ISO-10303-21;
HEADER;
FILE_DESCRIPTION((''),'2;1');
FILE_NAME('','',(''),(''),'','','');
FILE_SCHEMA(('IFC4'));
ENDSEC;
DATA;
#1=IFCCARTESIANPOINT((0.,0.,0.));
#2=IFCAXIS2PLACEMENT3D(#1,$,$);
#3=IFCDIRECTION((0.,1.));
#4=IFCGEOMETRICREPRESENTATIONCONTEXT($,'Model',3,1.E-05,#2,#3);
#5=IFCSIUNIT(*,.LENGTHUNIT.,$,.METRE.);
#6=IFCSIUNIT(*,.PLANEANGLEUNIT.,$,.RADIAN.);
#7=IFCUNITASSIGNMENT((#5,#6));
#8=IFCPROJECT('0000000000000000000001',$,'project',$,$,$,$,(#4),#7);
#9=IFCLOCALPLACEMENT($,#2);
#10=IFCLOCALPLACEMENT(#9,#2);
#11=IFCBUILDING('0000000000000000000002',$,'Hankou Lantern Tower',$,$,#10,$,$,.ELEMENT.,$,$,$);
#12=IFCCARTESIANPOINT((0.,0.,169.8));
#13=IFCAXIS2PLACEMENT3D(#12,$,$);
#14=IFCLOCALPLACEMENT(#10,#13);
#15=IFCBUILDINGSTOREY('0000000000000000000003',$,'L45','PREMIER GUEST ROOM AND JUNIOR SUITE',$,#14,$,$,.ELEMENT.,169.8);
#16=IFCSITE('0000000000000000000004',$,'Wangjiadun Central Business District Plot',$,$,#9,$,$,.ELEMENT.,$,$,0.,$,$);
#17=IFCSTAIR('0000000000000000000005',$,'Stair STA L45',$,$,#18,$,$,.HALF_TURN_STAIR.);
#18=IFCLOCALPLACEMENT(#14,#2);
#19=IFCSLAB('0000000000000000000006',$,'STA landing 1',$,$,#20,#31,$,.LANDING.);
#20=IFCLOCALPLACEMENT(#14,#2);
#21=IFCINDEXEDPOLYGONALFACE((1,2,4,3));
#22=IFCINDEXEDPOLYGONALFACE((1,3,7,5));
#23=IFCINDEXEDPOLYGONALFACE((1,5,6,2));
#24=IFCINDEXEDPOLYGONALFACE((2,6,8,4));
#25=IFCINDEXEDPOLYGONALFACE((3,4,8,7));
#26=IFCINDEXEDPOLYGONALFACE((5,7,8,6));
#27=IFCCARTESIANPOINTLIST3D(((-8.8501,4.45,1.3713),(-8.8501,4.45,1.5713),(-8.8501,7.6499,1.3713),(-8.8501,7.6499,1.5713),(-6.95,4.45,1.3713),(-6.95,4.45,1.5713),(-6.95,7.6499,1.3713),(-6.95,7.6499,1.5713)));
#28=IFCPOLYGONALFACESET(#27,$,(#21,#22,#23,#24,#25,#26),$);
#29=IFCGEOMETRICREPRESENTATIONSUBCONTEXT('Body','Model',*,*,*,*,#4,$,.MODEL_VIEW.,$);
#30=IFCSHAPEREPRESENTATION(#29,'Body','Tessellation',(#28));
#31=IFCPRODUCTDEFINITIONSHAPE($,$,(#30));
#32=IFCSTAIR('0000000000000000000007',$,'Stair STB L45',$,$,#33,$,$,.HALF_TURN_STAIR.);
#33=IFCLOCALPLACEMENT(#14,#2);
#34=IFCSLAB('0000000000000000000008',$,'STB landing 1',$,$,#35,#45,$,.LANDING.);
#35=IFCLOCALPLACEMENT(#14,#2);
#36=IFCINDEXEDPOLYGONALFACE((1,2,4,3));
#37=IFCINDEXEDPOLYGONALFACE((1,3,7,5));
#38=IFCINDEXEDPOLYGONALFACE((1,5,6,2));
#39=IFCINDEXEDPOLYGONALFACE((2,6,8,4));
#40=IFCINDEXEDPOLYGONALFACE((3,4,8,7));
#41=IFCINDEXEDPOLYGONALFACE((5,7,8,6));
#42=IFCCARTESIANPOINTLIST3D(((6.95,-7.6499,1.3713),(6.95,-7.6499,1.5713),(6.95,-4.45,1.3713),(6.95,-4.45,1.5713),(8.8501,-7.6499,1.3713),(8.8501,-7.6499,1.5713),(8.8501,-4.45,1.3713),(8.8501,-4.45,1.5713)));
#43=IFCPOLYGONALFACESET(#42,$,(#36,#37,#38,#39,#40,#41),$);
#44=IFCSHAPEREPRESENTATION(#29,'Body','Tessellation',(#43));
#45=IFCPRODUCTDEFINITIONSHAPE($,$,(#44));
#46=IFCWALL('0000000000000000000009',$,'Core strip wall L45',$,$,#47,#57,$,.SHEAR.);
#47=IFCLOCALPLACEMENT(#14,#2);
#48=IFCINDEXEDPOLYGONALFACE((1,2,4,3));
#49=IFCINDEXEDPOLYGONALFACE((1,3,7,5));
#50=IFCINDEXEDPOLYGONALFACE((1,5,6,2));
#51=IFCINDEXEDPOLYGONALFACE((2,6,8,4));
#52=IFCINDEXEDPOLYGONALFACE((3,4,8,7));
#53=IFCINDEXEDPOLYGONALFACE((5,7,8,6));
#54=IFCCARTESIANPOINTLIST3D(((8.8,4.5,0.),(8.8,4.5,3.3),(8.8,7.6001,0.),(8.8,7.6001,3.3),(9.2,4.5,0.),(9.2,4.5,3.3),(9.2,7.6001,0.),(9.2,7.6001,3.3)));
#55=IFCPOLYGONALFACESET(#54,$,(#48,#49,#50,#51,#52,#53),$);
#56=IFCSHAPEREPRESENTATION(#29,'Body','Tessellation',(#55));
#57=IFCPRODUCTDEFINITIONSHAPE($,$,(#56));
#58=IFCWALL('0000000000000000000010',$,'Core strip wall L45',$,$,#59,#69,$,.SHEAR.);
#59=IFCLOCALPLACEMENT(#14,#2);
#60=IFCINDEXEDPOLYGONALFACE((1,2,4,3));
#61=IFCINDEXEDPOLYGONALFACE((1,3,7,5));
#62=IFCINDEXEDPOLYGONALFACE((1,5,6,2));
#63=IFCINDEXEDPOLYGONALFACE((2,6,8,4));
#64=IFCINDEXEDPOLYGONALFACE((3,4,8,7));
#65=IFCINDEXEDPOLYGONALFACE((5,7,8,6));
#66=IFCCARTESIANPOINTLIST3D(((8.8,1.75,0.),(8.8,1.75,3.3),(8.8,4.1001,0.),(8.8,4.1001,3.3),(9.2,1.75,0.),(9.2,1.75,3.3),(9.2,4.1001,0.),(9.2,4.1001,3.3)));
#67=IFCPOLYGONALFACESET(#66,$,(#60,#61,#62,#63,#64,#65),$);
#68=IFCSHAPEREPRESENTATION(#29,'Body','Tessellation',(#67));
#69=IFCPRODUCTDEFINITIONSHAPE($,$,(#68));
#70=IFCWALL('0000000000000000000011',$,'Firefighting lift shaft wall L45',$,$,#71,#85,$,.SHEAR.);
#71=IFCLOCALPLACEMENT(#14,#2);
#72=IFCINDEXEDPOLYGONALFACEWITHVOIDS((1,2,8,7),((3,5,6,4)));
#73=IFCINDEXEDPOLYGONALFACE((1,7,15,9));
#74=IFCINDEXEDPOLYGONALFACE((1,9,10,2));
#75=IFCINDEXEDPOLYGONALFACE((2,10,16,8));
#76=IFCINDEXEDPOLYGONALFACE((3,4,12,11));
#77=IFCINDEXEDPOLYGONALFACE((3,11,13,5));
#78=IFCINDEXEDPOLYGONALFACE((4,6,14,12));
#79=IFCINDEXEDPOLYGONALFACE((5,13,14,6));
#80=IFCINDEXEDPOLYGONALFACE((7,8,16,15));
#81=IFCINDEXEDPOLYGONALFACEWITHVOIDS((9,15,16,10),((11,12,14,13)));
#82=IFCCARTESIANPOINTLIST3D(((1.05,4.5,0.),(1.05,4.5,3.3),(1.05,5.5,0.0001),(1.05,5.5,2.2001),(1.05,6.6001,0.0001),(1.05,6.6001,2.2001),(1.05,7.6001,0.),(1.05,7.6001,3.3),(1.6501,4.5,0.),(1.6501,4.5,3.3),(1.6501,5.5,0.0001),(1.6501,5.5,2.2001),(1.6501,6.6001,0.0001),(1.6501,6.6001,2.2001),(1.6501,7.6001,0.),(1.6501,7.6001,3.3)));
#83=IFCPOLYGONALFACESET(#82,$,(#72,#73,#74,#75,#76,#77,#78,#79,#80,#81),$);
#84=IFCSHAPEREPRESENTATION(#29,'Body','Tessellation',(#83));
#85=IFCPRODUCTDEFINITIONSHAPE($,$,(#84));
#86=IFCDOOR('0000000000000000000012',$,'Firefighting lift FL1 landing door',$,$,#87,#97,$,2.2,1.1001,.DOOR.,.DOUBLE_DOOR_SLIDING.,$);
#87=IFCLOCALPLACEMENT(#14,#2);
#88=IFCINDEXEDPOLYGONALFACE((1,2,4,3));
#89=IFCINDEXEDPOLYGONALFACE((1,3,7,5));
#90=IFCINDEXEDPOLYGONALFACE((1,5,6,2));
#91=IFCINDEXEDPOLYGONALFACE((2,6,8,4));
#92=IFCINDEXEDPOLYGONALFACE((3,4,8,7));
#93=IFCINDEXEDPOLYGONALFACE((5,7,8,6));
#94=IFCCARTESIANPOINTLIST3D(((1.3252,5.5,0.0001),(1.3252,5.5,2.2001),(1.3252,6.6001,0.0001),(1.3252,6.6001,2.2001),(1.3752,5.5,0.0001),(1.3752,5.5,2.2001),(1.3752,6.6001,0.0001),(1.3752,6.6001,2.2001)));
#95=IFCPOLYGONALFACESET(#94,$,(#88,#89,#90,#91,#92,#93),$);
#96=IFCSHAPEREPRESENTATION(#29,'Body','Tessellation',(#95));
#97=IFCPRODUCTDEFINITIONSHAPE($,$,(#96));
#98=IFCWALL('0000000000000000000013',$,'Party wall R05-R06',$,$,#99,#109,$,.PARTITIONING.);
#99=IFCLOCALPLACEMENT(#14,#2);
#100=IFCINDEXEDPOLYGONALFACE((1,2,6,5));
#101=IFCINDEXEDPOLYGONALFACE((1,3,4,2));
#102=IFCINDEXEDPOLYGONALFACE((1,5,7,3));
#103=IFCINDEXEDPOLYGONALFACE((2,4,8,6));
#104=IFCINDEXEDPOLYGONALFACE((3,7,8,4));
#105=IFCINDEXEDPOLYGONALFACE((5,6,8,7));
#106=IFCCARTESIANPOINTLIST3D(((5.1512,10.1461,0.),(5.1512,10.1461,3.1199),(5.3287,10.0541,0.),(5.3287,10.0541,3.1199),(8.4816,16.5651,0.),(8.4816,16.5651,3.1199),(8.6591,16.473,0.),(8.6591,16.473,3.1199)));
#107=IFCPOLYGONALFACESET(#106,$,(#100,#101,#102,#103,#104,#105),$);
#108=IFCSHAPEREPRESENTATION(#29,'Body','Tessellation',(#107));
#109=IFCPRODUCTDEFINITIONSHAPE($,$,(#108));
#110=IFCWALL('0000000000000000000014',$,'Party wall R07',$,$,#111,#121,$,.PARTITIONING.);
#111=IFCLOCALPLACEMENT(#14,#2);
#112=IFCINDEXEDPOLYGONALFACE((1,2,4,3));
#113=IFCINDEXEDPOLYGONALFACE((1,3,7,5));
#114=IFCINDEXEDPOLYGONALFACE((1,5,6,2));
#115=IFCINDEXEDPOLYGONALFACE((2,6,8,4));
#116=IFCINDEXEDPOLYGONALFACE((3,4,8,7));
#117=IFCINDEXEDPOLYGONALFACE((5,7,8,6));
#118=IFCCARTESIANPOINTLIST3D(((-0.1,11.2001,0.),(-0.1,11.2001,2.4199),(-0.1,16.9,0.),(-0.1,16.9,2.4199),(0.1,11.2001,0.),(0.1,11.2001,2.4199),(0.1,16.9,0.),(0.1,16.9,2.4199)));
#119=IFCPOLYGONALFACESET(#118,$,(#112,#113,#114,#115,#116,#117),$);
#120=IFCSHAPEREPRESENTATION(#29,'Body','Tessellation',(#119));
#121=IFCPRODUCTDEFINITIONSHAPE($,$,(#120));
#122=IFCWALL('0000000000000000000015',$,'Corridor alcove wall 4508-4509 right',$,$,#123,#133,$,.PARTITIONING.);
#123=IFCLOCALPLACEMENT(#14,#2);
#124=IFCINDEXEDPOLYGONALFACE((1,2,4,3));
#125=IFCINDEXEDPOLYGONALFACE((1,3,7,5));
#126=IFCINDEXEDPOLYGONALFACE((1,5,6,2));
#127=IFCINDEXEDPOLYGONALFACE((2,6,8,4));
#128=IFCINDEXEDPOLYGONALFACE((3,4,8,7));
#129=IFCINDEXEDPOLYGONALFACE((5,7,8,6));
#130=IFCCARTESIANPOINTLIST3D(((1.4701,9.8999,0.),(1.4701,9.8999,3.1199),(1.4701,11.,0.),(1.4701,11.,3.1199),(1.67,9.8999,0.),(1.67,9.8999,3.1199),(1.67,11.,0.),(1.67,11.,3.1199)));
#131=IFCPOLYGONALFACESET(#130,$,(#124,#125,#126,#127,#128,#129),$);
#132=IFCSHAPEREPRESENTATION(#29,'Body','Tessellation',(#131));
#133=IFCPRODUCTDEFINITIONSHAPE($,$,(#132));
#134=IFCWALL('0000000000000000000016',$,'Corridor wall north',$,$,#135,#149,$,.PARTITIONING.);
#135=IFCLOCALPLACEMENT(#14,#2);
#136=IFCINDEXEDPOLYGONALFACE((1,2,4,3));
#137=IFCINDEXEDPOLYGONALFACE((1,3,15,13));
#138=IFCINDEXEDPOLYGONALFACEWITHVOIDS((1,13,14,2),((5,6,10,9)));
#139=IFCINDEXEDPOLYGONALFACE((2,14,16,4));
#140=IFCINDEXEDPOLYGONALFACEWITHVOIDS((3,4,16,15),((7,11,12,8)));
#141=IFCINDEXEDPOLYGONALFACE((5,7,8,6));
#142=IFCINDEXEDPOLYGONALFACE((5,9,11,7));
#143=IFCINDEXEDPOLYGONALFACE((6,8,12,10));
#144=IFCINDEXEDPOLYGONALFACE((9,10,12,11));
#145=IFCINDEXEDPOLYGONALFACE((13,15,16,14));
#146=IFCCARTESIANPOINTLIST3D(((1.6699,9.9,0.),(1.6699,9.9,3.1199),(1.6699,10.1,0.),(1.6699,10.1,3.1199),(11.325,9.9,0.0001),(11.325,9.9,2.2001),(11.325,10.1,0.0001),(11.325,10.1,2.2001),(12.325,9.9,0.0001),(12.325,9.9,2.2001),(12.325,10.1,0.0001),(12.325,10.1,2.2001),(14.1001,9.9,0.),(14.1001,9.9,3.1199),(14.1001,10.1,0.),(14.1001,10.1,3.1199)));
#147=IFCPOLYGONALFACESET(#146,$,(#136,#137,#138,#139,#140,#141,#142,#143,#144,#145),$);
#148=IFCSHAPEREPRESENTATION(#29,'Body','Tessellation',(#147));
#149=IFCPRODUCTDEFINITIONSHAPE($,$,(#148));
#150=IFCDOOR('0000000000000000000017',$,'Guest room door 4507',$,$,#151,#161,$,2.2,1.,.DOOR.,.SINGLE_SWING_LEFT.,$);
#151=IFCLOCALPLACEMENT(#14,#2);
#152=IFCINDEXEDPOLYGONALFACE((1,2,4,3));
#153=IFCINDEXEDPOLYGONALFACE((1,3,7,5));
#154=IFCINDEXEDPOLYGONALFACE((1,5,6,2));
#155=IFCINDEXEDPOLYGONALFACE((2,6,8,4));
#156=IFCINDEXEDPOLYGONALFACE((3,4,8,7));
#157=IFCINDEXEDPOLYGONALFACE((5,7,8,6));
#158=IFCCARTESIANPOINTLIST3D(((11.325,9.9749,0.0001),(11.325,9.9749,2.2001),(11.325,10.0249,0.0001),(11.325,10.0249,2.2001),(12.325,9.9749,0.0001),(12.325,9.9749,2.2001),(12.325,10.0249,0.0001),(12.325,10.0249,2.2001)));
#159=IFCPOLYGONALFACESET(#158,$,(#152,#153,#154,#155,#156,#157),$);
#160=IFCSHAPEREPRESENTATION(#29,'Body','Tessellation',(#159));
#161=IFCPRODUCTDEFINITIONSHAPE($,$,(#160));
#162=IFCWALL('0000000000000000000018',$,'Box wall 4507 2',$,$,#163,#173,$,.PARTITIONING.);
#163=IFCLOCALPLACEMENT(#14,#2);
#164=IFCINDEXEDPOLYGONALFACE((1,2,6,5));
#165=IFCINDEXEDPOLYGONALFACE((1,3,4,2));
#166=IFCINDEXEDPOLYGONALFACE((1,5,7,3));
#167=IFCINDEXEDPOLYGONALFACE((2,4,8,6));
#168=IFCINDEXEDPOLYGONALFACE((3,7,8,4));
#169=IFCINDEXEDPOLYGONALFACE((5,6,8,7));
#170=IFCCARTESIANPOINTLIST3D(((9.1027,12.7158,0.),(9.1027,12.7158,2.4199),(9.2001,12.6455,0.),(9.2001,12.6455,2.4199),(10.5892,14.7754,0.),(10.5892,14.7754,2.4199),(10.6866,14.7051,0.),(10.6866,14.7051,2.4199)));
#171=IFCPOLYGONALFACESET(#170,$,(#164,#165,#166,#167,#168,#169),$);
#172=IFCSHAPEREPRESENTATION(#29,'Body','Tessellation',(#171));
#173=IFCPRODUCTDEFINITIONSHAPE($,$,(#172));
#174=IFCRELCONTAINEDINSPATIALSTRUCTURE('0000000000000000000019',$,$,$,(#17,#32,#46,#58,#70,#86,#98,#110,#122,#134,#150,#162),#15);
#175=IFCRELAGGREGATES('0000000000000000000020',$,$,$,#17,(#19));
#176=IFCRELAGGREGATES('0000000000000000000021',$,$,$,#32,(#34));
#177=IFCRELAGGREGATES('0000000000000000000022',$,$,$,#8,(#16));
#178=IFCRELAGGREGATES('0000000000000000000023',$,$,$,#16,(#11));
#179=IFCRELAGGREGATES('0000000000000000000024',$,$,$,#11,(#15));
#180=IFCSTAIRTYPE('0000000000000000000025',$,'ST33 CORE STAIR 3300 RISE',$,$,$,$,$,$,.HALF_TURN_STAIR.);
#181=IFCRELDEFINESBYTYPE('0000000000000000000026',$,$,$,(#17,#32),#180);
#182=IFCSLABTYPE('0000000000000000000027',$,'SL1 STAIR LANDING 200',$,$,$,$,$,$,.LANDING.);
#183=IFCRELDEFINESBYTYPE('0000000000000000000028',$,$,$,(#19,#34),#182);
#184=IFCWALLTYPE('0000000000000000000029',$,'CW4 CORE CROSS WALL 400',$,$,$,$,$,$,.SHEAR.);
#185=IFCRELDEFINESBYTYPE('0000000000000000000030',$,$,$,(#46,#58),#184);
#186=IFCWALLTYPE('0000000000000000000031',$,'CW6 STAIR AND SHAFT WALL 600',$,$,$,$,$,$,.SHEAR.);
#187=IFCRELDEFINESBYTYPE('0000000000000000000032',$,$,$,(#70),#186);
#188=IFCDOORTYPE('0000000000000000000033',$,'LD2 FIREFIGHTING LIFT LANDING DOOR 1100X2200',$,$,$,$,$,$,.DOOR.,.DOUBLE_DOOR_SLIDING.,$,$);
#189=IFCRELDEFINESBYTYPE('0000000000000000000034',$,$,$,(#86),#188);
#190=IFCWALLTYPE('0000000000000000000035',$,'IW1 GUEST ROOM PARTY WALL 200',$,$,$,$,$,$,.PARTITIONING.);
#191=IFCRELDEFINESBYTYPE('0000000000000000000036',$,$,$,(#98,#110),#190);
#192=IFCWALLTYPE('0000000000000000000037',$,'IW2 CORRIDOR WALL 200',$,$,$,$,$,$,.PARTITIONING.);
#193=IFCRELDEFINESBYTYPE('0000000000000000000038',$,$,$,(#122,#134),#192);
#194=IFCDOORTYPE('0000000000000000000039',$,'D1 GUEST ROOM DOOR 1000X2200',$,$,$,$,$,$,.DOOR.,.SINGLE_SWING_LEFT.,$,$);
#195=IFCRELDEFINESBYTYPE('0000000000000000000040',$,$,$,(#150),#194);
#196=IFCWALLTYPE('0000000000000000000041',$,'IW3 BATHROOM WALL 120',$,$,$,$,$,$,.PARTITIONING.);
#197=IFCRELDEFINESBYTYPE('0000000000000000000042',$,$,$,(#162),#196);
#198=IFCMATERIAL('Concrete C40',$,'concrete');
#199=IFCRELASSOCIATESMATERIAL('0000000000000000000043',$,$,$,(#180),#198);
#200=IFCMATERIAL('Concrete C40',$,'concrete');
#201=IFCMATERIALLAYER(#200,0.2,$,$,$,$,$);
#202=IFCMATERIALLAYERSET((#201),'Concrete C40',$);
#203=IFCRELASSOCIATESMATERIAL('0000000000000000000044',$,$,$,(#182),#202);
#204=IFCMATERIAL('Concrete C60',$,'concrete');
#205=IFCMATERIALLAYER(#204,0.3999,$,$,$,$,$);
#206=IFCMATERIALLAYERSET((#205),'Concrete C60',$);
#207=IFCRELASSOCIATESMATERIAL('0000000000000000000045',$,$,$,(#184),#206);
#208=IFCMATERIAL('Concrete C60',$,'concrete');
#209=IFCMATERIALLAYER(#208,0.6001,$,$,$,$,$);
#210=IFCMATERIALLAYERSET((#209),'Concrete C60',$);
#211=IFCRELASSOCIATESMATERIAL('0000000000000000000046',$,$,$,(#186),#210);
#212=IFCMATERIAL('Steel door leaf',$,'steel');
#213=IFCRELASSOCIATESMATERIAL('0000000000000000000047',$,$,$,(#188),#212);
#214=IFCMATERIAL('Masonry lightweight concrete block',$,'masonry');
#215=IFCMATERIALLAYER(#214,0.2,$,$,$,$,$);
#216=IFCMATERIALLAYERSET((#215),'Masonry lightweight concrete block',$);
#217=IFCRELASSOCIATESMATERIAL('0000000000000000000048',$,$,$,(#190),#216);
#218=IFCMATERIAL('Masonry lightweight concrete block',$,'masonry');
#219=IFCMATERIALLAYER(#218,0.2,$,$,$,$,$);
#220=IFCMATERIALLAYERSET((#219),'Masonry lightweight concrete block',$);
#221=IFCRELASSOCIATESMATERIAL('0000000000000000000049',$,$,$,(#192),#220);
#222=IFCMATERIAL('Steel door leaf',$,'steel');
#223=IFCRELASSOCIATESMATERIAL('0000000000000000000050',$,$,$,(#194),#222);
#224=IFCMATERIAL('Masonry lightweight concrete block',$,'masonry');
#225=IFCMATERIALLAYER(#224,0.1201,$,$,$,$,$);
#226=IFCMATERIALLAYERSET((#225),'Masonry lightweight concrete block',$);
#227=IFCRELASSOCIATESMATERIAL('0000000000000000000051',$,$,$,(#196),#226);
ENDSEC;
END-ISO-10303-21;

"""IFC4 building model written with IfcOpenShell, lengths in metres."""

from ifc_helpers import new_model, si_unit, direction, frame, frame_2d, origin, place, context, subcontext, project, spatial, polyline, rectangle, outline, extrude, material, layer, layer_set, type_object, element, fill, aggregate, save


model = new_model("IFC4")

# Units and contexts
model_context = context("Model", 3, precision=1e-05, world=origin(), true_north=direction((0.0, 1.0)))
body_context = subcontext(model_context, "Body", "Model", "MODEL_VIEW")
ifc_project = project(units=[si_unit("LENGTHUNIT", "METRE"), si_unit("PLANEANGLEUNIT", "RADIAN")], contexts=[model_context])

# Site, building, storey
site_placement = place(None, origin())
site = spatial("IfcSite", under=ifc_project, at=site_placement, Name="Wangjiadun Central Business District Plot", CompositionType="ELEMENT", RefElevation=0.0)
building_placement = place(site_placement, origin())
building = spatial("IfcBuilding", under=site, at=building_placement, Name="Hankou Lantern Tower", CompositionType="ELEMENT")
storey_placement = place(building_placement, frame((0.0, 0.0, 169.8)))
storey = spatial("IfcBuildingStorey", under=building, at=storey_placement, Name="L45", Description="PREMIER GUEST ROOM AND JUNIOR SUITE", CompositionType="ELEMENT", Elevation=169.8)

# Stairs, slabs
ifc_material_1 = material(Name="Concrete C40", Category="concrete")
stair_type = type_object("IfcStairType", Name="ST33 CORE STAIR 3300 RISE", PredefinedType="HALF_TURN_STAIR", material=ifc_material_1)
stair_1_placement = place(storey_placement, origin())
stair_1 = element("IfcStair", 1, at=stair_1_placement, inside=storey, type_object=stair_type, Name="Stair STA L45", PredefinedType="HALF_TURN_STAIR")
ifc_material_2 = material(Name="Concrete C40", Category="concrete")
ifc_layer_1 = layer(ifc_material_2, 0.2)
ifc_layer_set_1 = layer_set([ifc_layer_1], Name="Concrete C40")
slab_type_1 = type_object("IfcSlabType", Name="SL1 STAIR LANDING 200", PredefinedType="LANDING", material=ifc_layer_set_1)
slab_1_placement = place(storey_placement, frame((0.0, 0.0, 1.3713)))
slab_1 = element("IfcSlab", 2, at=slab_1_placement, type_object=slab_type_1, Name="STA landing 1", PredefinedType="LANDING", context=body_context, shape_type="SweptSolid", body=[
    extrude(outline(polyline([(-8.8501, 4.45), (-6.95, 4.45), (-6.95, 7.6499), (-8.8501, 7.6499), (-8.8501, 4.45)])), origin(), (0.0, 0.0, 1.0), 0.2),
])
aggregate(stair_1, [slab_1])
stair_2_placement = place(storey_placement, origin())
stair_2 = element("IfcStair", 3, at=stair_2_placement, inside=storey, type_object=stair_type, Name="Stair STB L45", PredefinedType="HALF_TURN_STAIR")
slab_2_placement = place(storey_placement, frame((0.0, 0.0, 1.3713)))
slab_2 = element("IfcSlab", 4, at=slab_2_placement, type_object=slab_type_1, Name="STB landing 1", PredefinedType="LANDING", context=body_context, shape_type="SweptSolid", body=[
    extrude(outline(polyline([(8.8501, -4.45), (6.95, -4.45), (6.95, -7.6499), (8.8501, -7.6499), (8.8501, -4.45)])), origin(), (0.0, 0.0, 1.0), 0.2),
])
aggregate(stair_2, [slab_2])

# Walls
ifc_material_3 = material(Name="Concrete C60", Category="concrete")
ifc_layer_2 = layer(ifc_material_3, 0.3999)
ifc_layer_set_2 = layer_set([ifc_layer_2], Name="Concrete C60")
wall_type_1 = type_object("IfcWallType", Name="CW4 CORE CROSS WALL 400", PredefinedType="SHEAR", material=ifc_layer_set_2)
wall_1_placement = place(storey_placement, frame((9.0, 4.5, 0.0), z_axis=(0.0, 0.0, 1.0), x_axis=(0.0, 1.0, 0.0)))
element("IfcWall", 5, at=wall_1_placement, inside=storey, type_object=wall_type_1, Name="Core strip wall L45", PredefinedType="SHEAR", context=body_context, shape_type="SweptSolid", body=[
    extrude(rectangle(XDim=3.1001, YDim=0.3999, at=frame_2d((1.55, 0.0))), origin(), (0.0, 0.0, 1.0), 3.3),
])
wall_2_placement = place(storey_placement, frame((9.0, 1.75, 0.0), z_axis=(0.0, 0.0, 1.0), x_axis=(0.0, 1.0, 0.0)))
element("IfcWall", 6, at=wall_2_placement, inside=storey, type_object=wall_type_1, Name="Core strip wall L45", PredefinedType="SHEAR", context=body_context, shape_type="SweptSolid", body=[
    extrude(rectangle(XDim=2.3501, YDim=0.3999, at=frame_2d((1.175, 0.0))), origin(), (0.0, 0.0, 1.0), 3.3),
])

# Wall, opening, door
ifc_material_4 = material(Name="Concrete C60", Category="concrete")
ifc_layer_3 = layer(ifc_material_4, 0.6001)
ifc_layer_set_3 = layer_set([ifc_layer_3], Name="Concrete C60")
wall_type_2 = type_object("IfcWallType", Name="CW6 STAIR AND SHAFT WALL 600", PredefinedType="SHEAR", material=ifc_layer_set_3)
wall_3_placement = place(storey_placement, frame((1.3501, 4.5, 0.0), z_axis=(0.0, 0.0, 1.0), x_axis=(0.0, 1.0, 0.0)))
wall_3 = element("IfcWall", 7, at=wall_3_placement, inside=storey, type_object=wall_type_2, Name="Firefighting lift shaft wall L45", PredefinedType="SHEAR", context=body_context, shape_type="SweptSolid", body=[
    extrude(rectangle(XDim=3.1001, YDim=0.6001, at=frame_2d((1.55, 0.0))), origin(), (0.0, 0.0, 1.0), 3.3),
])
opening_1_placement = place(wall_3_placement, frame((1.0, 0.0, 0.0)))
opening_1 = element("IfcOpeningElement", 8, at=opening_1_placement, cuts=wall_3, PredefinedType="OPENING", context=body_context, shape_type="SweptSolid", body=[
    extrude(rectangle(XDim=1.1001, YDim=2.2, at=frame_2d((0.55, 1.1001))), frame((0.0, 0.3101, 0.0), z_axis=(0.0, -1.0, 0.0), x_axis=(1.0, 0.0, 0.0)), (0.0, 0.0, 1.0), 0.6201),
])
ifc_material_5 = material(Name="Steel door leaf", Category="steel")
door_type_1 = type_object("IfcDoorType", Name="LD2 FIREFIGHTING LIFT LANDING DOOR 1100X2200", OperationType="DOUBLE_DOOR_SLIDING", PredefinedType="DOOR", material=ifc_material_5)
door_1_placement = place(opening_1_placement, origin())
door_1 = element("IfcDoor", 9, at=door_1_placement, inside=storey, type_object=door_type_1, Name="Firefighting lift FL1 landing door", OperationType="DOUBLE_DOOR_SLIDING", OverallHeight=2.2, OverallWidth=1.1001, PredefinedType="DOOR", context=body_context, shape_type="SweptSolid", body=[
    extrude(rectangle(XDim=1.1001, YDim=2.2, at=frame_2d((0.55, 1.1001))), frame((0.0, 0.0249, 0.0), z_axis=(0.0, -1.0, 0.0), x_axis=(1.0, 0.0, 0.0)), (0.0, 0.0, 1.0), 0.05),
])
fill(opening_1, door_1)

# Walls
ifc_material_6 = material(Name="Masonry lightweight concrete block", Category="masonry")
ifc_layer_4 = layer(ifc_material_6, 0.2)
ifc_layer_set_4 = layer_set([ifc_layer_4], Name="Masonry lightweight concrete block")
wall_type_3 = type_object("IfcWallType", Name="IW1 GUEST ROOM PARTY WALL 200", PredefinedType="PARTITIONING", material=ifc_layer_set_4)
wall_4_placement = place(storey_placement, frame((5.24, 10.1001, 0.0), z_axis=(0.0, 0.0, 1.0), x_axis=(0.460533, 0.887643, 0.0)))
element("IfcWall", 10, at=wall_4_placement, inside=storey, type_object=wall_type_3, Name="Party wall R05-R06", PredefinedType="PARTITIONING", context=body_context, shape_type="SweptSolid", body=[
    extrude(rectangle(XDim=7.2314, YDim=0.2, at=frame_2d((3.6157, 0.0))), origin(), (0.0, 0.0, 1.0), 3.1199),
])
wall_5_placement = place(storey_placement, frame((0.0, 11.2, 0.0), z_axis=(0.0, 0.0, 1.0), x_axis=(0.0, 1.0, 0.0)))
element("IfcWall", 11, at=wall_5_placement, inside=storey, type_object=wall_type_3, Name="Party wall R07", PredefinedType="PARTITIONING", context=body_context, shape_type="SweptSolid", body=[
    extrude(rectangle(XDim=5.7, YDim=0.2, at=frame_2d((2.8501, 0.0))), origin(), (0.0, 0.0, 1.0), 2.4199),
])
ifc_material_7 = material(Name="Masonry lightweight concrete block", Category="masonry")
ifc_layer_5 = layer(ifc_material_7, 0.2)
ifc_layer_set_5 = layer_set([ifc_layer_5], Name="Masonry lightweight concrete block")
wall_type_4 = type_object("IfcWallType", Name="IW2 CORRIDOR WALL 200", PredefinedType="PARTITIONING", material=ifc_layer_set_5)
wall_6_placement = place(storey_placement, frame((1.5701, 9.8999, 0.0), z_axis=(0.0, 0.0, 1.0), x_axis=(0.0, 1.0, 0.0)))
element("IfcWall", 12, at=wall_6_placement, inside=storey, type_object=wall_type_4, Name="Corridor alcove wall 4508-4509 right", PredefinedType="PARTITIONING", context=body_context, shape_type="SweptSolid", body=[
    extrude(rectangle(XDim=1.1001, YDim=0.2, at=frame_2d((0.55, 0.0))), origin(), (0.0, 0.0, 1.0), 3.1199),
])

# Wall, opening, door
wall_7_placement = place(storey_placement, frame((1.6699, 10.0, 0.0), z_axis=(0.0, 0.0, 1.0), x_axis=(1.0, 0.0, 0.0)))
wall_7 = element("IfcWall", 13, at=wall_7_placement, inside=storey, type_object=wall_type_4, Name="Corridor wall north", PredefinedType="PARTITIONING", context=body_context, shape_type="SweptSolid", body=[
    extrude(rectangle(XDim=12.4302, YDim=0.2, at=frame_2d((6.2151, 0.0))), origin(), (0.0, 0.0, 1.0), 3.1199),
])
opening_2_placement = place(wall_7_placement, frame((9.655, 0.0, 0.0)))
opening_2 = element("IfcOpeningElement", 14, at=opening_2_placement, cuts=wall_7, PredefinedType="OPENING", context=body_context, shape_type="SweptSolid", body=[
    extrude(rectangle(XDim=1.0, YDim=2.2, at=frame_2d((0.5, 1.1001))), frame((0.0, 0.1099, 0.0), z_axis=(0.0, -1.0, 0.0), x_axis=(1.0, 0.0, 0.0)), (0.0, 0.0, 1.0), 0.22),
])
ifc_material_8 = material(Name="Steel door leaf", Category="steel")
door_type_2 = type_object("IfcDoorType", Name="D1 GUEST ROOM DOOR 1000X2200", OperationType="SINGLE_SWING_LEFT", PredefinedType="DOOR", material=ifc_material_8)
door_2_placement = place(opening_2_placement, origin())
door_2 = element("IfcDoor", 15, at=door_2_placement, inside=storey, type_object=door_type_2, Name="Guest room door 4507", OperationType="SINGLE_SWING_LEFT", OverallHeight=2.2, OverallWidth=1.0, PredefinedType="DOOR", context=body_context, shape_type="SweptSolid", body=[
    extrude(rectangle(XDim=1.0, YDim=2.2, at=frame_2d((0.5, 1.1001))), frame((0.0, 0.0249, 0.0), z_axis=(0.0, -1.0, 0.0), x_axis=(1.0, 0.0, 0.0)), (0.0, 0.0, 1.0), 0.05),
])
fill(opening_2, door_2)

# Wall
ifc_material_9 = material(Name="Masonry lightweight concrete block", Category="masonry")
ifc_layer_6 = layer(ifc_material_9, 0.1201)
ifc_layer_set_6 = layer_set([ifc_layer_6], Name="Masonry lightweight concrete block")
wall_type_5 = type_object("IfcWallType", Name="IW3 BATHROOM WALL 120", PredefinedType="PARTITIONING", material=ifc_layer_set_6)
wall_8_placement = place(storey_placement, frame((9.1514, 12.6807, 0.0), z_axis=(0.0, 0.0, 1.0), x_axis=(0.585259, 0.810846, 0.0)))
element("IfcWall", 16, at=wall_8_placement, inside=storey, type_object=wall_type_5, Name="Box wall 4507 2", PredefinedType="PARTITIONING", context=body_context, shape_type="SweptSolid", body=[
    extrude(rectangle(XDim=2.54, YDim=0.1201, at=frame_2d((1.27, 0.0))), origin(), (0.0, 0.0, 1.0), 2.4199),
])

save(model, "model.ifc")
